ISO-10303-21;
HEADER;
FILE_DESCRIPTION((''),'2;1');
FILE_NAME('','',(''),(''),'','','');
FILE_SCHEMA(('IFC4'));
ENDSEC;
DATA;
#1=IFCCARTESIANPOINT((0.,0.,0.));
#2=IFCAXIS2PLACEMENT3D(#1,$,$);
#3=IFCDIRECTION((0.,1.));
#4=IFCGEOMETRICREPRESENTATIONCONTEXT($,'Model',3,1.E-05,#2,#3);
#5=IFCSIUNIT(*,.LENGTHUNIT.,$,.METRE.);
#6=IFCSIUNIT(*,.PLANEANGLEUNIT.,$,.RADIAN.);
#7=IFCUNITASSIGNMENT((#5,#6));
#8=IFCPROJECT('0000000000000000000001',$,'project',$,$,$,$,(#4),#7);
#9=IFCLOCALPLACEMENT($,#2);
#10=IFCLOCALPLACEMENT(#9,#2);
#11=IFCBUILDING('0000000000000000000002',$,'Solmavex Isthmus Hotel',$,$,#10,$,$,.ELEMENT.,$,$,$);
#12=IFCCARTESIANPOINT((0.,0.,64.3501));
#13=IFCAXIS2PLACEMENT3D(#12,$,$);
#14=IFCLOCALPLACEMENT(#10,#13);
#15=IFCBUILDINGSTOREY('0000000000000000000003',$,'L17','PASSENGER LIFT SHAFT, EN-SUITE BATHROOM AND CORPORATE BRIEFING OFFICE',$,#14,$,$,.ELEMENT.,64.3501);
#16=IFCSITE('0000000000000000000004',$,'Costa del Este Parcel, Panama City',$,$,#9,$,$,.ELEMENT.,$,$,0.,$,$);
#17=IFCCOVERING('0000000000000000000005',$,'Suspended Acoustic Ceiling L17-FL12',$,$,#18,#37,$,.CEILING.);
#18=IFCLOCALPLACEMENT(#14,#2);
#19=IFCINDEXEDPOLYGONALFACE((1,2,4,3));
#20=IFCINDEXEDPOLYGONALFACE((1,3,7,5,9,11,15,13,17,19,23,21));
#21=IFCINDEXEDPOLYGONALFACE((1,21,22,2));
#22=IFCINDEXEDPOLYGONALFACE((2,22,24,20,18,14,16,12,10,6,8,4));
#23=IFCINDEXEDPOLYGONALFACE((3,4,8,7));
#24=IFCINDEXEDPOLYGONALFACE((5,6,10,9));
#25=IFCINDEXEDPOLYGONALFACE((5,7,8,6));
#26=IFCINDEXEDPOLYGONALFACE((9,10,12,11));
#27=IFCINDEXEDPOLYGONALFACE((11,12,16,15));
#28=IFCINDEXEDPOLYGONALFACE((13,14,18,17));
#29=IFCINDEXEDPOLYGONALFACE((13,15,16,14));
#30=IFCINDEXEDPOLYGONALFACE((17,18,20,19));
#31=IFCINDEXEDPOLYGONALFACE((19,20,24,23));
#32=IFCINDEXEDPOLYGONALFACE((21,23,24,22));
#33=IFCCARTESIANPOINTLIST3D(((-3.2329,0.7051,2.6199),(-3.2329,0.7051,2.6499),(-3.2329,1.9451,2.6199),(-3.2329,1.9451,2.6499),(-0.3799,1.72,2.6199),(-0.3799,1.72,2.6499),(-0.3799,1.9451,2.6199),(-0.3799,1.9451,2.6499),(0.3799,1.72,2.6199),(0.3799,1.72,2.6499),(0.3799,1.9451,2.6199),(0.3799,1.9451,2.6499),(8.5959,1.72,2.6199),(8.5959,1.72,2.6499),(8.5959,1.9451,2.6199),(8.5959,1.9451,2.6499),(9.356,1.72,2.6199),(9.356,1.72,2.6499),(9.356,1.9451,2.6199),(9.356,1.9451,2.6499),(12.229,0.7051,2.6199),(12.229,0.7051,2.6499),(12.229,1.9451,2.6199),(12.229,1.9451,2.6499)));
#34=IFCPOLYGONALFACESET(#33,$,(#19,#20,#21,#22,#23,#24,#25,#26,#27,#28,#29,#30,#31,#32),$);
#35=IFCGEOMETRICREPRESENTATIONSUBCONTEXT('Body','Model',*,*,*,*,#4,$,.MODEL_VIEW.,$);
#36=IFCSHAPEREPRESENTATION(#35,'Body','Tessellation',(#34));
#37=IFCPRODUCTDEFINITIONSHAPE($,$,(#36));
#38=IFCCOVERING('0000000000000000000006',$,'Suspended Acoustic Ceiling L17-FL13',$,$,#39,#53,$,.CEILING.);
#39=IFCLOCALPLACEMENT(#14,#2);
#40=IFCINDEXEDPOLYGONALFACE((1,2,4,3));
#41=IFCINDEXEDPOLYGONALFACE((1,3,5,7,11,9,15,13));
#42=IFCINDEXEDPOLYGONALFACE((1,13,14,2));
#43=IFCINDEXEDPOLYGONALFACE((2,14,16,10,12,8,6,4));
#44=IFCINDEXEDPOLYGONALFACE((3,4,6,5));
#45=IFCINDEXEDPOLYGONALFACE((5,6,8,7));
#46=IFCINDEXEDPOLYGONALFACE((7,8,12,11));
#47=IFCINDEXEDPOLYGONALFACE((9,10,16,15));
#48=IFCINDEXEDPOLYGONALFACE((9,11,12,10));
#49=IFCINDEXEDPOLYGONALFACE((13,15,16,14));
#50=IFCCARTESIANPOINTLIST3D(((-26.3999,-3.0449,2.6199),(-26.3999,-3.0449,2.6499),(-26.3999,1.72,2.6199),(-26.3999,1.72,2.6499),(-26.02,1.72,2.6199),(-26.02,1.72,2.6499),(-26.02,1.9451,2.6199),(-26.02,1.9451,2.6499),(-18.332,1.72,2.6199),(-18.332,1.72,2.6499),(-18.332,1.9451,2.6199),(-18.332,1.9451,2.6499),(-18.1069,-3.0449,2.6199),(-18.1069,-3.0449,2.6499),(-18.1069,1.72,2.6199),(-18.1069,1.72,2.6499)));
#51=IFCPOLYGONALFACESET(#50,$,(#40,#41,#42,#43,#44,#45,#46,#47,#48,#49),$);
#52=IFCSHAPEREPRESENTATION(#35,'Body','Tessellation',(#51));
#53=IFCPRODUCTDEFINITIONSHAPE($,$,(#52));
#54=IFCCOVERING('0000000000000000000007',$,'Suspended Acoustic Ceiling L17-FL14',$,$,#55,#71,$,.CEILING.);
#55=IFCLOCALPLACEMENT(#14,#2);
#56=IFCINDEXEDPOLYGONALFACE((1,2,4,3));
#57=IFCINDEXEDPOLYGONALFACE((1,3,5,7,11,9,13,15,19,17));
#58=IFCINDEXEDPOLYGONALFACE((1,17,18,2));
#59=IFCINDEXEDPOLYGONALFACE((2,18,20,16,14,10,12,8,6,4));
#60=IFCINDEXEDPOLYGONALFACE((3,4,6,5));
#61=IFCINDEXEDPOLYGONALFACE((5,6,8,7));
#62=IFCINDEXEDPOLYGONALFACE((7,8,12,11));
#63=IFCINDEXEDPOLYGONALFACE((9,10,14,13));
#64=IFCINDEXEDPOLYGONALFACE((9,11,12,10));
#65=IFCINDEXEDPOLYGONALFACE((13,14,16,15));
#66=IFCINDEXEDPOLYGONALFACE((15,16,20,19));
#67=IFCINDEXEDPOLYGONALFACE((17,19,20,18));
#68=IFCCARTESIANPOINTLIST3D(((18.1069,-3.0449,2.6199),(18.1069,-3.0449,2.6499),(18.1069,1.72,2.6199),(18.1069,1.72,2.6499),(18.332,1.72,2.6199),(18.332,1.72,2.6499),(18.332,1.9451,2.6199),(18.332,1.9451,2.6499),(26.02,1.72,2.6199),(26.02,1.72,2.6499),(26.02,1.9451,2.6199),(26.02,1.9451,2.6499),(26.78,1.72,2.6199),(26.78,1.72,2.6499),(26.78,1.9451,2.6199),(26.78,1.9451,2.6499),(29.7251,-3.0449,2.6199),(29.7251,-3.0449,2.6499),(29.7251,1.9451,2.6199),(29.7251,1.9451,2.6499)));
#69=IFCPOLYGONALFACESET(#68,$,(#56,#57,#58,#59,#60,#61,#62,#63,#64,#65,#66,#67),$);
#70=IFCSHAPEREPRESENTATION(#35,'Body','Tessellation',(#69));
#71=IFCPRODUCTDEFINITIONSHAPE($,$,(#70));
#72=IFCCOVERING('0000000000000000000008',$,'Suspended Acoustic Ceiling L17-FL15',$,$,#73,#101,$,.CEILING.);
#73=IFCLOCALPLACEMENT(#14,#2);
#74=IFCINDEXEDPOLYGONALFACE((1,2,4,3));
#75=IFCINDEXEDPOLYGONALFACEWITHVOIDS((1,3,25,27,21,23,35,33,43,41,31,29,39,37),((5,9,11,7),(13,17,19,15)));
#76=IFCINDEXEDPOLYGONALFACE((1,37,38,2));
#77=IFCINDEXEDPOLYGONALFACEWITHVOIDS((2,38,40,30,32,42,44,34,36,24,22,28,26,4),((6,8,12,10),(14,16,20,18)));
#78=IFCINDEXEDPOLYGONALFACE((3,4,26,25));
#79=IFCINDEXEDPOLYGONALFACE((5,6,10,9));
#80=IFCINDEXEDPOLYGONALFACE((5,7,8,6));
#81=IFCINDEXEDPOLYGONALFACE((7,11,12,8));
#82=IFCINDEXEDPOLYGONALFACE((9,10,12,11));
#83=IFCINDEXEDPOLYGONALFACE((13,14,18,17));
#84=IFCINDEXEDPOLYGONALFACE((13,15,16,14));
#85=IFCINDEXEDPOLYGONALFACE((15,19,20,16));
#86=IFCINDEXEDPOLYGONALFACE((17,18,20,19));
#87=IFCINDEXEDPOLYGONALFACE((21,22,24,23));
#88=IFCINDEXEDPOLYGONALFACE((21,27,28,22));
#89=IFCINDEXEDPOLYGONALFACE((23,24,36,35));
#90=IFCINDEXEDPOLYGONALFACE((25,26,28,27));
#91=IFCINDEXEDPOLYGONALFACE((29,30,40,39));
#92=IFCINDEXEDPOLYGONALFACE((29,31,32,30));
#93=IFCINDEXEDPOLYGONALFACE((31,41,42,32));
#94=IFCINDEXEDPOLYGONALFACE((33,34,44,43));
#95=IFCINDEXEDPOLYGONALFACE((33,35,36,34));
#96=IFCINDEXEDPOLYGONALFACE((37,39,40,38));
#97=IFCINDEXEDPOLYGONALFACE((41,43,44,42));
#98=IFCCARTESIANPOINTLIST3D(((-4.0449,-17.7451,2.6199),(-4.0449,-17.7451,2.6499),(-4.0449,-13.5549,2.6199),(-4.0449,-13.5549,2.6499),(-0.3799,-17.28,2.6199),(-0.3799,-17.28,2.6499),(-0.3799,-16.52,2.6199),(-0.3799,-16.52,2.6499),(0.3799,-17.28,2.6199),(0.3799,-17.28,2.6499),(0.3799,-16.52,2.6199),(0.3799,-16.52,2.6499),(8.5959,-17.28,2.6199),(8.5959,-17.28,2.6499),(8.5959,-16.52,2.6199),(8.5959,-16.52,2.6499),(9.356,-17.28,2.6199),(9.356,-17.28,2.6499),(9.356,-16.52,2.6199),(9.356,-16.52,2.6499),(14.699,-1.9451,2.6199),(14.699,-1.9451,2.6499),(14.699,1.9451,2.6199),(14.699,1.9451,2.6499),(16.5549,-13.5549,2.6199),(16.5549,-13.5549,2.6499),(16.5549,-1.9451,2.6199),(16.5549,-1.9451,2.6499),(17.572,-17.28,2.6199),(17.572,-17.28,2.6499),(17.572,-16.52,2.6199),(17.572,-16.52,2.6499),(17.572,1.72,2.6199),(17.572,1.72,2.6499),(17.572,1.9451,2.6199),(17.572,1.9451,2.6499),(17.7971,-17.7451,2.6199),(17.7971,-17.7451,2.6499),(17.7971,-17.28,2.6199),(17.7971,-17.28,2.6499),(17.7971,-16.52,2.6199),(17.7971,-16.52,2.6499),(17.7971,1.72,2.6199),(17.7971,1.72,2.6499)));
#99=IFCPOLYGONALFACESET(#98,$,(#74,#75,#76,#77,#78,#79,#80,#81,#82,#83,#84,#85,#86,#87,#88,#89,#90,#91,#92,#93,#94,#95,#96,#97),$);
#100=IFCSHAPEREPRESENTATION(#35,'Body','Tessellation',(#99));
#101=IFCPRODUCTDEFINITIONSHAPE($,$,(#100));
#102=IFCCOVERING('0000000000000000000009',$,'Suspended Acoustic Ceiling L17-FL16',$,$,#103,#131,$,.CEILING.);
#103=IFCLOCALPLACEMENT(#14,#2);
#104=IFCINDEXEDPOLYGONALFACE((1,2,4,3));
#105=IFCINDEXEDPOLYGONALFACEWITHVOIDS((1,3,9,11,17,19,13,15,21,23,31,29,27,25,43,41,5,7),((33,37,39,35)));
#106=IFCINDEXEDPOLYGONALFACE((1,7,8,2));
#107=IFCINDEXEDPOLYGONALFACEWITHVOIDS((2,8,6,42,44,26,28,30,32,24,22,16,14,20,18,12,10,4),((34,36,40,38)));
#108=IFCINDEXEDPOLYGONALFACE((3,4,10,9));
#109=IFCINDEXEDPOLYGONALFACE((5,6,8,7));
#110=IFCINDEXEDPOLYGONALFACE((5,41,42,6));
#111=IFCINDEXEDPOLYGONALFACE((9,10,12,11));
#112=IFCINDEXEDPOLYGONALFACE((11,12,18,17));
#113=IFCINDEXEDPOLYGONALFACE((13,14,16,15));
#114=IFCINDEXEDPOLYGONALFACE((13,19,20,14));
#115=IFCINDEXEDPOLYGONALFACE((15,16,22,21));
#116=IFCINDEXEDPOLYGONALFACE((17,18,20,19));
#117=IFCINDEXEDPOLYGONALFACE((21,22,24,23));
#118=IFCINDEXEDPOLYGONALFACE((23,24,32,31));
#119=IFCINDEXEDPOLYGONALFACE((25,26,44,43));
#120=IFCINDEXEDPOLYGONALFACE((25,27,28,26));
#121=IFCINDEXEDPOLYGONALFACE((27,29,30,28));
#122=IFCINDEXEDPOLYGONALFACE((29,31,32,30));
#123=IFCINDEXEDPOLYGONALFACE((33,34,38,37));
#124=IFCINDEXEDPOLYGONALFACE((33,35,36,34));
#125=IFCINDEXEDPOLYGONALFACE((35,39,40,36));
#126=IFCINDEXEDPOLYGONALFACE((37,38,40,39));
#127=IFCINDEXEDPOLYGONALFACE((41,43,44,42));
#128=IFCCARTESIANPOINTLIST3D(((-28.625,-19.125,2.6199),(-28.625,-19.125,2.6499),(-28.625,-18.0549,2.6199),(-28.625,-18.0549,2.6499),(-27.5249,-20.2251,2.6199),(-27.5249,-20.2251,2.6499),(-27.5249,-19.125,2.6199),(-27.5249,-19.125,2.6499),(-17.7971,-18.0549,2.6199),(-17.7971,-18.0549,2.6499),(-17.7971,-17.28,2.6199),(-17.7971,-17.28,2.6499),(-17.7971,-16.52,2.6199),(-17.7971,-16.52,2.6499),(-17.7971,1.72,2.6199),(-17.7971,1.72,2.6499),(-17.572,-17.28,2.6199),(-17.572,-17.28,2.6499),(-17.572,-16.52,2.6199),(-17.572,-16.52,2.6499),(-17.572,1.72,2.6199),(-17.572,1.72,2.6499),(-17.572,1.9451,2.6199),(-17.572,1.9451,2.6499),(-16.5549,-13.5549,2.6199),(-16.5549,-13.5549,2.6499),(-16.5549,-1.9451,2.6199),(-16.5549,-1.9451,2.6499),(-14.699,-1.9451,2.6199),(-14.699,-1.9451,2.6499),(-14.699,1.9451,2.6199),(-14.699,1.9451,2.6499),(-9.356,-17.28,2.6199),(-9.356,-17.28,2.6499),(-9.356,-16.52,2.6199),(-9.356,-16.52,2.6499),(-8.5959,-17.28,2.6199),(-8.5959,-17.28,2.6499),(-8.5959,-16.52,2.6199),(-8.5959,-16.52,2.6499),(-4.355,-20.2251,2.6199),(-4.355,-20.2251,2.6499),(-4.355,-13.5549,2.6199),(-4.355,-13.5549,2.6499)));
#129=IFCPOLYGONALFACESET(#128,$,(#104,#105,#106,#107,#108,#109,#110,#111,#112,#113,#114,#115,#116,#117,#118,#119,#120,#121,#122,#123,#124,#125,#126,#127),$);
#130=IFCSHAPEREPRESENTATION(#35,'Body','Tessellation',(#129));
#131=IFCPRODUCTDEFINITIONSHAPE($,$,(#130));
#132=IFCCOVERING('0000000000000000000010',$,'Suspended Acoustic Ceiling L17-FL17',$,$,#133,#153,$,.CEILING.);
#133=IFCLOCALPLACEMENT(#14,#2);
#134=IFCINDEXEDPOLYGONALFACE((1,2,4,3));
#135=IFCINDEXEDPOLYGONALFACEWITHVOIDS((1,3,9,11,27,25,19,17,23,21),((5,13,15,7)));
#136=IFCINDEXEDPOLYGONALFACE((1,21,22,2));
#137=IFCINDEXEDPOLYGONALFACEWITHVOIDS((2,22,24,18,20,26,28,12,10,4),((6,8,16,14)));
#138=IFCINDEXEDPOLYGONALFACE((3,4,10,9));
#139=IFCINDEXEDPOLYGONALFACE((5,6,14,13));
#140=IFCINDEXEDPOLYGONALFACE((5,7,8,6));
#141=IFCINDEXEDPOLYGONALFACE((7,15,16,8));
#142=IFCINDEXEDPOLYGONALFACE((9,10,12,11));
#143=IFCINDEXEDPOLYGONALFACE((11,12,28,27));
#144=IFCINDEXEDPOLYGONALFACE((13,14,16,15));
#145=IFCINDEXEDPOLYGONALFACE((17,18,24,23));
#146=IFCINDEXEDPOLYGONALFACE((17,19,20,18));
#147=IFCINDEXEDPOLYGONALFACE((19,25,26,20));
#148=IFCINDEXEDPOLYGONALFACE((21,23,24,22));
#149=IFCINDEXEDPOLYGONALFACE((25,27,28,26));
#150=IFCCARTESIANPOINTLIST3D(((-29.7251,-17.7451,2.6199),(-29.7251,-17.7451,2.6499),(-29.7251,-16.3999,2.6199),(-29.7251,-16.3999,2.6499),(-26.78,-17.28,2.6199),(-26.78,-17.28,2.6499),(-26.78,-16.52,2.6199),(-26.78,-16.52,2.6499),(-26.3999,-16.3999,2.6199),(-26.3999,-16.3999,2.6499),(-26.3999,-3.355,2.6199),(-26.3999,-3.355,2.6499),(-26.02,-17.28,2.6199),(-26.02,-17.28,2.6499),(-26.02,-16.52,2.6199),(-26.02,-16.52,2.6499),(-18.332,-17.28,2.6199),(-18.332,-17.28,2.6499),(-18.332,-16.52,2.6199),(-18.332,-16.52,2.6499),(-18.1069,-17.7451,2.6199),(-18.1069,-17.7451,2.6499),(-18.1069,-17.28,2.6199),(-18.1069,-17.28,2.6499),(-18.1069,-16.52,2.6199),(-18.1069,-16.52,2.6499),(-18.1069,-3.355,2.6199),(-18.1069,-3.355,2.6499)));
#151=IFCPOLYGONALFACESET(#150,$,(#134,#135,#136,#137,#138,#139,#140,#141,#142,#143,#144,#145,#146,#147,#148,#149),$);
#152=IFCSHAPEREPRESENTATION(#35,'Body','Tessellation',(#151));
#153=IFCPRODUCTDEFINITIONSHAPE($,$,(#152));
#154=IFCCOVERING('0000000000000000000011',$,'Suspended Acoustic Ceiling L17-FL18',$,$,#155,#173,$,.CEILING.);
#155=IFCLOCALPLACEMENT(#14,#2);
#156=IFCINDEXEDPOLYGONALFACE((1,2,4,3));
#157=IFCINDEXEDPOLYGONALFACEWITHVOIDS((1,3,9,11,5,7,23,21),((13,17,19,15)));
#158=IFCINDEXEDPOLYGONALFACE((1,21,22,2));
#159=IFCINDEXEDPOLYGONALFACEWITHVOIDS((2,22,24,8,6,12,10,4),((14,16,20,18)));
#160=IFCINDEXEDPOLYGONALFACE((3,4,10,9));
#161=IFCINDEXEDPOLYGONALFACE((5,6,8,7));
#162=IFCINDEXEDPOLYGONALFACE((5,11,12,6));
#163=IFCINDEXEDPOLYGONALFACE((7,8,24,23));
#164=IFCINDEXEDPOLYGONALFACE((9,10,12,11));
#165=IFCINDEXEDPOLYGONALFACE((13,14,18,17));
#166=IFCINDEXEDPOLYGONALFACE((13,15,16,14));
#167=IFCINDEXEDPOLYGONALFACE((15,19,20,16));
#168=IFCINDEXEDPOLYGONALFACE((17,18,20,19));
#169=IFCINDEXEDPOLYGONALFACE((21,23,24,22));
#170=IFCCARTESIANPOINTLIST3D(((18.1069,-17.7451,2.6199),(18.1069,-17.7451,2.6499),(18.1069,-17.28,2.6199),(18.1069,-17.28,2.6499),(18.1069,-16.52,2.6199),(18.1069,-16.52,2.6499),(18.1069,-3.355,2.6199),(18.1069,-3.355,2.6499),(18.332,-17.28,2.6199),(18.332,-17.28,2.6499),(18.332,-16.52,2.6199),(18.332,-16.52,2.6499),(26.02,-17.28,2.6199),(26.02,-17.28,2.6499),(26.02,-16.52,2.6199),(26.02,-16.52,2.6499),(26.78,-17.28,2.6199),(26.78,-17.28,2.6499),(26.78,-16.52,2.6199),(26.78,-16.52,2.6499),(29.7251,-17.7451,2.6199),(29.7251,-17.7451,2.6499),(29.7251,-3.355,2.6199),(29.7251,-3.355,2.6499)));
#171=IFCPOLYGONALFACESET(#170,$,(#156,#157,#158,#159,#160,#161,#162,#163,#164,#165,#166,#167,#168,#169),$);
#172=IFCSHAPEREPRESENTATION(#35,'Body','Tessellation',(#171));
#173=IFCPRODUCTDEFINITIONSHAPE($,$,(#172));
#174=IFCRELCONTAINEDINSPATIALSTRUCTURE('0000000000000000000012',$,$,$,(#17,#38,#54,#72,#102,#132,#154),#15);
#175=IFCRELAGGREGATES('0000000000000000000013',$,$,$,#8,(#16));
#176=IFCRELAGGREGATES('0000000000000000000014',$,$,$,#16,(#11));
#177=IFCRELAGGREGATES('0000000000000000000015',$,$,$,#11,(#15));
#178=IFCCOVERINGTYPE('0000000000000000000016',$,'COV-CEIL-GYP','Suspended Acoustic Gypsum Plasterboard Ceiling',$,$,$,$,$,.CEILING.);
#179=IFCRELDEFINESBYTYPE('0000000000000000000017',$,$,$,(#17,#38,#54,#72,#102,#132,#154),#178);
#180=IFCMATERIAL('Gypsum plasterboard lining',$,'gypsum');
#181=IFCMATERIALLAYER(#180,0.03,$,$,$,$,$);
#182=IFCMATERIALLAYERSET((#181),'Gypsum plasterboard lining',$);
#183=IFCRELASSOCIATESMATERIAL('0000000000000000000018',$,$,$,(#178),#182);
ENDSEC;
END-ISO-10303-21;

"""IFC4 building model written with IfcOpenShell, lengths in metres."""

from ifc_helpers import new_model, si_unit, direction, frame, origin, place, context, subcontext, project, spatial, polyline, outline, extrude, material, layer, layer_set, type_object, element, save


model = new_model("IFC4")

# Units and contexts
model_context = context("Model", 3, precision=1e-05, world=origin(), true_north=direction((0.0, 1.0)))
body_context = subcontext(model_context, "Body", "Model", "MODEL_VIEW")
ifc_project = project(units=[si_unit("LENGTHUNIT", "METRE"), si_unit("PLANEANGLEUNIT", "RADIAN")], contexts=[model_context])

# Site, building, storey
site_placement = place(None, origin())
site = spatial("IfcSite", under=ifc_project, at=site_placement, Name="Costa del Este Parcel, Panama City", CompositionType="ELEMENT", RefElevation=0.0)
building_placement = place(site_placement, origin())
building = spatial("IfcBuilding", under=site, at=building_placement, Name="Solmavex Isthmus Hotel", CompositionType="ELEMENT")
storey_placement = place(building_placement, frame((0.0, 0.0, 64.3501)))
storey = spatial("IfcBuildingStorey", under=building, at=storey_placement, Name="L17", Description="PASSENGER LIFT SHAFT, EN-SUITE BATHROOM AND CORPORATE BRIEFING OFFICE", CompositionType="ELEMENT", Elevation=64.3501)

# Shared definitions
ifc_material_1 = material(Name="Gypsum plasterboard lining", Category="gypsum")

# Coverings
ifc_layer_1 = layer(ifc_material_1, 0.03)
ifc_layer_set_1 = layer_set([ifc_layer_1], Name="Gypsum plasterboard lining")
covering_type_1 = type_object("IfcCoveringType", Name="COV-CEIL-GYP", Description="Suspended Acoustic Gypsum Plasterboard Ceiling", PredefinedType="CEILING", material=ifc_layer_set_1)
covering_1_placement = place(storey_placement, frame((0.0, 0.0, 2.6199)))
element("IfcCovering", 1, at=covering_1_placement, inside=storey, type_object=covering_type_1, Name="Suspended Acoustic Ceiling L17-FL12", PredefinedType="CEILING", context=body_context, shape_type="SweptSolid", body=[
    extrude(outline(polyline([(0.3799, 1.9451), (0.3799, 1.72), (-0.3799, 1.72), (-0.3799, 1.9451), (-3.2329, 1.9451), (-3.2329, 0.7051), (12.229, 0.7051), (12.229, 1.9451), (9.356, 1.9451), (9.356, 1.72), (8.5959, 1.72), (8.5959, 1.9451), (0.3799, 1.9451)])), origin(), (0.0, 0.0, 1.0), 0.03),
])
covering_2_placement = place(storey_placement, frame((0.0, 0.0, 2.6199)))
element("IfcCovering", 2, at=covering_2_placement, inside=storey, type_object=covering_type_1, Name="Suspended Acoustic Ceiling L17-FL13", PredefinedType="CEILING", context=body_context, shape_type="SweptSolid", body=[
    extrude(outline(polyline([(-26.02, 1.9451), (-26.02, 1.72), (-26.3999, 1.72), (-26.3999, -3.0449), (-18.1069, -3.0449), (-18.1069, 1.72), (-18.332, 1.72), (-18.332, 1.9451), (-26.02, 1.9451)])), origin(), (0.0, 0.0, 1.0), 0.03),
])
covering_3_placement = place(storey_placement, frame((0.0, 0.0, 2.6199)))
element("IfcCovering", 3, at=covering_3_placement, inside=storey, type_object=covering_type_1, Name="Suspended Acoustic Ceiling L17-FL14", PredefinedType="CEILING", context=body_context, shape_type="SweptSolid", body=[
    extrude(outline(polyline([(26.78, 1.9451), (26.78, 1.72), (26.02, 1.72), (26.02, 1.9451), (18.332, 1.9451), (18.332, 1.72), (18.1069, 1.72), (18.1069, -3.0449), (29.7251, -3.0449), (29.7251, 1.9451), (26.78, 1.9451)])), origin(), (0.0, 0.0, 1.0), 0.03),
])
covering_4_placement = place(storey_placement, frame((0.0, 0.0, 2.6199)))
element("IfcCovering", 4, at=covering_4_placement, inside=storey, type_object=covering_type_1, Name="Suspended Acoustic Ceiling L17-FL15", PredefinedType="CEILING", context=body_context, shape_type="SweptSolid", body=[
    extrude(outline(polyline([(17.7971, 1.72), (17.572, 1.72), (17.572, 1.9451), (14.699, 1.9451), (14.699, -1.9451), (16.5549, -1.9451), (16.5549, -13.5549), (-4.0449, -13.5549), (-4.0449, -17.7451), (17.7971, -17.7451), (17.7971, -17.28), (17.572, -17.28), (17.572, -16.52), (17.7971, -16.52), (17.7971, 1.72)]), holes=[polyline([(8.5959, -17.28), (8.5959, -16.52), (9.356, -16.52), (9.356, -17.28), (8.5959, -17.28)]), polyline([(-0.3799, -17.28), (-0.3799, -16.52), (0.3799, -16.52), (0.3799, -17.28), (-0.3799, -17.28)])]), origin(), (0.0, 0.0, 1.0), 0.03),
])
covering_5_placement = place(storey_placement, frame((0.0, 0.0, 2.6199)))
element("IfcCovering", 5, at=covering_5_placement, inside=storey, type_object=covering_type_1, Name="Suspended Acoustic Ceiling L17-FL16", PredefinedType="CEILING", context=body_context, shape_type="SweptSolid", body=[
    extrude(outline(polyline([(-28.625, -18.0549), (-28.625, -19.125), (-27.5249, -19.125), (-27.5249, -20.2251), (-4.355, -20.2251), (-4.355, -13.5549), (-16.5549, -13.5549), (-16.5549, -1.9451), (-14.699, -1.9451), (-14.699, 1.9451), (-17.572, 1.9451), (-17.572, 1.72), (-17.7971, 1.72), (-17.7971, -16.52), (-17.572, -16.52), (-17.572, -17.28), (-17.7971, -17.28), (-17.7971, -18.0549), (-28.625, -18.0549)]), holes=[polyline([(-9.356, -17.28), (-9.356, -16.52), (-8.5959, -16.52), (-8.5959, -17.28), (-9.356, -17.28)])]), origin(), (0.0, 0.0, 1.0), 0.03),
])
covering_6_placement = place(storey_placement, frame((0.0, 0.0, 2.6199)))
element("IfcCovering", 6, at=covering_6_placement, inside=storey, type_object=covering_type_1, Name="Suspended Acoustic Ceiling L17-FL17", PredefinedType="CEILING", context=body_context, shape_type="SweptSolid", body=[
    extrude(outline(polyline([(-18.1069, -17.28), (-18.332, -17.28), (-18.332, -16.52), (-18.1069, -16.52), (-18.1069, -3.355), (-26.3999, -3.355), (-26.3999, -16.3999), (-29.7251, -16.3999), (-29.7251, -17.7451), (-18.1069, -17.7451), (-18.1069, -17.28)]), holes=[polyline([(-26.78, -17.28), (-26.78, -16.52), (-26.02, -16.52), (-26.02, -17.28), (-26.78, -17.28)])]), origin(), (0.0, 0.0, 1.0), 0.03),
])
covering_7_placement = place(storey_placement, frame((0.0, 0.0, 2.6199)))
element("IfcCovering", 7, at=covering_7_placement, inside=storey, type_object=covering_type_1, Name="Suspended Acoustic Ceiling L17-FL18", PredefinedType="CEILING", context=body_context, shape_type="SweptSolid", body=[
    extrude(outline(polyline([(18.1069, -16.52), (18.332, -16.52), (18.332, -17.28), (18.1069, -17.28), (18.1069, -17.7451), (29.7251, -17.7451), (29.7251, -3.355), (18.1069, -3.355), (18.1069, -16.52)]), holes=[polyline([(26.02, -17.28), (26.02, -16.52), (26.78, -16.52), (26.78, -17.28), (26.02, -17.28)])]), origin(), (0.0, 0.0, 1.0), 0.03),
])

save(model, "model.ifc")
